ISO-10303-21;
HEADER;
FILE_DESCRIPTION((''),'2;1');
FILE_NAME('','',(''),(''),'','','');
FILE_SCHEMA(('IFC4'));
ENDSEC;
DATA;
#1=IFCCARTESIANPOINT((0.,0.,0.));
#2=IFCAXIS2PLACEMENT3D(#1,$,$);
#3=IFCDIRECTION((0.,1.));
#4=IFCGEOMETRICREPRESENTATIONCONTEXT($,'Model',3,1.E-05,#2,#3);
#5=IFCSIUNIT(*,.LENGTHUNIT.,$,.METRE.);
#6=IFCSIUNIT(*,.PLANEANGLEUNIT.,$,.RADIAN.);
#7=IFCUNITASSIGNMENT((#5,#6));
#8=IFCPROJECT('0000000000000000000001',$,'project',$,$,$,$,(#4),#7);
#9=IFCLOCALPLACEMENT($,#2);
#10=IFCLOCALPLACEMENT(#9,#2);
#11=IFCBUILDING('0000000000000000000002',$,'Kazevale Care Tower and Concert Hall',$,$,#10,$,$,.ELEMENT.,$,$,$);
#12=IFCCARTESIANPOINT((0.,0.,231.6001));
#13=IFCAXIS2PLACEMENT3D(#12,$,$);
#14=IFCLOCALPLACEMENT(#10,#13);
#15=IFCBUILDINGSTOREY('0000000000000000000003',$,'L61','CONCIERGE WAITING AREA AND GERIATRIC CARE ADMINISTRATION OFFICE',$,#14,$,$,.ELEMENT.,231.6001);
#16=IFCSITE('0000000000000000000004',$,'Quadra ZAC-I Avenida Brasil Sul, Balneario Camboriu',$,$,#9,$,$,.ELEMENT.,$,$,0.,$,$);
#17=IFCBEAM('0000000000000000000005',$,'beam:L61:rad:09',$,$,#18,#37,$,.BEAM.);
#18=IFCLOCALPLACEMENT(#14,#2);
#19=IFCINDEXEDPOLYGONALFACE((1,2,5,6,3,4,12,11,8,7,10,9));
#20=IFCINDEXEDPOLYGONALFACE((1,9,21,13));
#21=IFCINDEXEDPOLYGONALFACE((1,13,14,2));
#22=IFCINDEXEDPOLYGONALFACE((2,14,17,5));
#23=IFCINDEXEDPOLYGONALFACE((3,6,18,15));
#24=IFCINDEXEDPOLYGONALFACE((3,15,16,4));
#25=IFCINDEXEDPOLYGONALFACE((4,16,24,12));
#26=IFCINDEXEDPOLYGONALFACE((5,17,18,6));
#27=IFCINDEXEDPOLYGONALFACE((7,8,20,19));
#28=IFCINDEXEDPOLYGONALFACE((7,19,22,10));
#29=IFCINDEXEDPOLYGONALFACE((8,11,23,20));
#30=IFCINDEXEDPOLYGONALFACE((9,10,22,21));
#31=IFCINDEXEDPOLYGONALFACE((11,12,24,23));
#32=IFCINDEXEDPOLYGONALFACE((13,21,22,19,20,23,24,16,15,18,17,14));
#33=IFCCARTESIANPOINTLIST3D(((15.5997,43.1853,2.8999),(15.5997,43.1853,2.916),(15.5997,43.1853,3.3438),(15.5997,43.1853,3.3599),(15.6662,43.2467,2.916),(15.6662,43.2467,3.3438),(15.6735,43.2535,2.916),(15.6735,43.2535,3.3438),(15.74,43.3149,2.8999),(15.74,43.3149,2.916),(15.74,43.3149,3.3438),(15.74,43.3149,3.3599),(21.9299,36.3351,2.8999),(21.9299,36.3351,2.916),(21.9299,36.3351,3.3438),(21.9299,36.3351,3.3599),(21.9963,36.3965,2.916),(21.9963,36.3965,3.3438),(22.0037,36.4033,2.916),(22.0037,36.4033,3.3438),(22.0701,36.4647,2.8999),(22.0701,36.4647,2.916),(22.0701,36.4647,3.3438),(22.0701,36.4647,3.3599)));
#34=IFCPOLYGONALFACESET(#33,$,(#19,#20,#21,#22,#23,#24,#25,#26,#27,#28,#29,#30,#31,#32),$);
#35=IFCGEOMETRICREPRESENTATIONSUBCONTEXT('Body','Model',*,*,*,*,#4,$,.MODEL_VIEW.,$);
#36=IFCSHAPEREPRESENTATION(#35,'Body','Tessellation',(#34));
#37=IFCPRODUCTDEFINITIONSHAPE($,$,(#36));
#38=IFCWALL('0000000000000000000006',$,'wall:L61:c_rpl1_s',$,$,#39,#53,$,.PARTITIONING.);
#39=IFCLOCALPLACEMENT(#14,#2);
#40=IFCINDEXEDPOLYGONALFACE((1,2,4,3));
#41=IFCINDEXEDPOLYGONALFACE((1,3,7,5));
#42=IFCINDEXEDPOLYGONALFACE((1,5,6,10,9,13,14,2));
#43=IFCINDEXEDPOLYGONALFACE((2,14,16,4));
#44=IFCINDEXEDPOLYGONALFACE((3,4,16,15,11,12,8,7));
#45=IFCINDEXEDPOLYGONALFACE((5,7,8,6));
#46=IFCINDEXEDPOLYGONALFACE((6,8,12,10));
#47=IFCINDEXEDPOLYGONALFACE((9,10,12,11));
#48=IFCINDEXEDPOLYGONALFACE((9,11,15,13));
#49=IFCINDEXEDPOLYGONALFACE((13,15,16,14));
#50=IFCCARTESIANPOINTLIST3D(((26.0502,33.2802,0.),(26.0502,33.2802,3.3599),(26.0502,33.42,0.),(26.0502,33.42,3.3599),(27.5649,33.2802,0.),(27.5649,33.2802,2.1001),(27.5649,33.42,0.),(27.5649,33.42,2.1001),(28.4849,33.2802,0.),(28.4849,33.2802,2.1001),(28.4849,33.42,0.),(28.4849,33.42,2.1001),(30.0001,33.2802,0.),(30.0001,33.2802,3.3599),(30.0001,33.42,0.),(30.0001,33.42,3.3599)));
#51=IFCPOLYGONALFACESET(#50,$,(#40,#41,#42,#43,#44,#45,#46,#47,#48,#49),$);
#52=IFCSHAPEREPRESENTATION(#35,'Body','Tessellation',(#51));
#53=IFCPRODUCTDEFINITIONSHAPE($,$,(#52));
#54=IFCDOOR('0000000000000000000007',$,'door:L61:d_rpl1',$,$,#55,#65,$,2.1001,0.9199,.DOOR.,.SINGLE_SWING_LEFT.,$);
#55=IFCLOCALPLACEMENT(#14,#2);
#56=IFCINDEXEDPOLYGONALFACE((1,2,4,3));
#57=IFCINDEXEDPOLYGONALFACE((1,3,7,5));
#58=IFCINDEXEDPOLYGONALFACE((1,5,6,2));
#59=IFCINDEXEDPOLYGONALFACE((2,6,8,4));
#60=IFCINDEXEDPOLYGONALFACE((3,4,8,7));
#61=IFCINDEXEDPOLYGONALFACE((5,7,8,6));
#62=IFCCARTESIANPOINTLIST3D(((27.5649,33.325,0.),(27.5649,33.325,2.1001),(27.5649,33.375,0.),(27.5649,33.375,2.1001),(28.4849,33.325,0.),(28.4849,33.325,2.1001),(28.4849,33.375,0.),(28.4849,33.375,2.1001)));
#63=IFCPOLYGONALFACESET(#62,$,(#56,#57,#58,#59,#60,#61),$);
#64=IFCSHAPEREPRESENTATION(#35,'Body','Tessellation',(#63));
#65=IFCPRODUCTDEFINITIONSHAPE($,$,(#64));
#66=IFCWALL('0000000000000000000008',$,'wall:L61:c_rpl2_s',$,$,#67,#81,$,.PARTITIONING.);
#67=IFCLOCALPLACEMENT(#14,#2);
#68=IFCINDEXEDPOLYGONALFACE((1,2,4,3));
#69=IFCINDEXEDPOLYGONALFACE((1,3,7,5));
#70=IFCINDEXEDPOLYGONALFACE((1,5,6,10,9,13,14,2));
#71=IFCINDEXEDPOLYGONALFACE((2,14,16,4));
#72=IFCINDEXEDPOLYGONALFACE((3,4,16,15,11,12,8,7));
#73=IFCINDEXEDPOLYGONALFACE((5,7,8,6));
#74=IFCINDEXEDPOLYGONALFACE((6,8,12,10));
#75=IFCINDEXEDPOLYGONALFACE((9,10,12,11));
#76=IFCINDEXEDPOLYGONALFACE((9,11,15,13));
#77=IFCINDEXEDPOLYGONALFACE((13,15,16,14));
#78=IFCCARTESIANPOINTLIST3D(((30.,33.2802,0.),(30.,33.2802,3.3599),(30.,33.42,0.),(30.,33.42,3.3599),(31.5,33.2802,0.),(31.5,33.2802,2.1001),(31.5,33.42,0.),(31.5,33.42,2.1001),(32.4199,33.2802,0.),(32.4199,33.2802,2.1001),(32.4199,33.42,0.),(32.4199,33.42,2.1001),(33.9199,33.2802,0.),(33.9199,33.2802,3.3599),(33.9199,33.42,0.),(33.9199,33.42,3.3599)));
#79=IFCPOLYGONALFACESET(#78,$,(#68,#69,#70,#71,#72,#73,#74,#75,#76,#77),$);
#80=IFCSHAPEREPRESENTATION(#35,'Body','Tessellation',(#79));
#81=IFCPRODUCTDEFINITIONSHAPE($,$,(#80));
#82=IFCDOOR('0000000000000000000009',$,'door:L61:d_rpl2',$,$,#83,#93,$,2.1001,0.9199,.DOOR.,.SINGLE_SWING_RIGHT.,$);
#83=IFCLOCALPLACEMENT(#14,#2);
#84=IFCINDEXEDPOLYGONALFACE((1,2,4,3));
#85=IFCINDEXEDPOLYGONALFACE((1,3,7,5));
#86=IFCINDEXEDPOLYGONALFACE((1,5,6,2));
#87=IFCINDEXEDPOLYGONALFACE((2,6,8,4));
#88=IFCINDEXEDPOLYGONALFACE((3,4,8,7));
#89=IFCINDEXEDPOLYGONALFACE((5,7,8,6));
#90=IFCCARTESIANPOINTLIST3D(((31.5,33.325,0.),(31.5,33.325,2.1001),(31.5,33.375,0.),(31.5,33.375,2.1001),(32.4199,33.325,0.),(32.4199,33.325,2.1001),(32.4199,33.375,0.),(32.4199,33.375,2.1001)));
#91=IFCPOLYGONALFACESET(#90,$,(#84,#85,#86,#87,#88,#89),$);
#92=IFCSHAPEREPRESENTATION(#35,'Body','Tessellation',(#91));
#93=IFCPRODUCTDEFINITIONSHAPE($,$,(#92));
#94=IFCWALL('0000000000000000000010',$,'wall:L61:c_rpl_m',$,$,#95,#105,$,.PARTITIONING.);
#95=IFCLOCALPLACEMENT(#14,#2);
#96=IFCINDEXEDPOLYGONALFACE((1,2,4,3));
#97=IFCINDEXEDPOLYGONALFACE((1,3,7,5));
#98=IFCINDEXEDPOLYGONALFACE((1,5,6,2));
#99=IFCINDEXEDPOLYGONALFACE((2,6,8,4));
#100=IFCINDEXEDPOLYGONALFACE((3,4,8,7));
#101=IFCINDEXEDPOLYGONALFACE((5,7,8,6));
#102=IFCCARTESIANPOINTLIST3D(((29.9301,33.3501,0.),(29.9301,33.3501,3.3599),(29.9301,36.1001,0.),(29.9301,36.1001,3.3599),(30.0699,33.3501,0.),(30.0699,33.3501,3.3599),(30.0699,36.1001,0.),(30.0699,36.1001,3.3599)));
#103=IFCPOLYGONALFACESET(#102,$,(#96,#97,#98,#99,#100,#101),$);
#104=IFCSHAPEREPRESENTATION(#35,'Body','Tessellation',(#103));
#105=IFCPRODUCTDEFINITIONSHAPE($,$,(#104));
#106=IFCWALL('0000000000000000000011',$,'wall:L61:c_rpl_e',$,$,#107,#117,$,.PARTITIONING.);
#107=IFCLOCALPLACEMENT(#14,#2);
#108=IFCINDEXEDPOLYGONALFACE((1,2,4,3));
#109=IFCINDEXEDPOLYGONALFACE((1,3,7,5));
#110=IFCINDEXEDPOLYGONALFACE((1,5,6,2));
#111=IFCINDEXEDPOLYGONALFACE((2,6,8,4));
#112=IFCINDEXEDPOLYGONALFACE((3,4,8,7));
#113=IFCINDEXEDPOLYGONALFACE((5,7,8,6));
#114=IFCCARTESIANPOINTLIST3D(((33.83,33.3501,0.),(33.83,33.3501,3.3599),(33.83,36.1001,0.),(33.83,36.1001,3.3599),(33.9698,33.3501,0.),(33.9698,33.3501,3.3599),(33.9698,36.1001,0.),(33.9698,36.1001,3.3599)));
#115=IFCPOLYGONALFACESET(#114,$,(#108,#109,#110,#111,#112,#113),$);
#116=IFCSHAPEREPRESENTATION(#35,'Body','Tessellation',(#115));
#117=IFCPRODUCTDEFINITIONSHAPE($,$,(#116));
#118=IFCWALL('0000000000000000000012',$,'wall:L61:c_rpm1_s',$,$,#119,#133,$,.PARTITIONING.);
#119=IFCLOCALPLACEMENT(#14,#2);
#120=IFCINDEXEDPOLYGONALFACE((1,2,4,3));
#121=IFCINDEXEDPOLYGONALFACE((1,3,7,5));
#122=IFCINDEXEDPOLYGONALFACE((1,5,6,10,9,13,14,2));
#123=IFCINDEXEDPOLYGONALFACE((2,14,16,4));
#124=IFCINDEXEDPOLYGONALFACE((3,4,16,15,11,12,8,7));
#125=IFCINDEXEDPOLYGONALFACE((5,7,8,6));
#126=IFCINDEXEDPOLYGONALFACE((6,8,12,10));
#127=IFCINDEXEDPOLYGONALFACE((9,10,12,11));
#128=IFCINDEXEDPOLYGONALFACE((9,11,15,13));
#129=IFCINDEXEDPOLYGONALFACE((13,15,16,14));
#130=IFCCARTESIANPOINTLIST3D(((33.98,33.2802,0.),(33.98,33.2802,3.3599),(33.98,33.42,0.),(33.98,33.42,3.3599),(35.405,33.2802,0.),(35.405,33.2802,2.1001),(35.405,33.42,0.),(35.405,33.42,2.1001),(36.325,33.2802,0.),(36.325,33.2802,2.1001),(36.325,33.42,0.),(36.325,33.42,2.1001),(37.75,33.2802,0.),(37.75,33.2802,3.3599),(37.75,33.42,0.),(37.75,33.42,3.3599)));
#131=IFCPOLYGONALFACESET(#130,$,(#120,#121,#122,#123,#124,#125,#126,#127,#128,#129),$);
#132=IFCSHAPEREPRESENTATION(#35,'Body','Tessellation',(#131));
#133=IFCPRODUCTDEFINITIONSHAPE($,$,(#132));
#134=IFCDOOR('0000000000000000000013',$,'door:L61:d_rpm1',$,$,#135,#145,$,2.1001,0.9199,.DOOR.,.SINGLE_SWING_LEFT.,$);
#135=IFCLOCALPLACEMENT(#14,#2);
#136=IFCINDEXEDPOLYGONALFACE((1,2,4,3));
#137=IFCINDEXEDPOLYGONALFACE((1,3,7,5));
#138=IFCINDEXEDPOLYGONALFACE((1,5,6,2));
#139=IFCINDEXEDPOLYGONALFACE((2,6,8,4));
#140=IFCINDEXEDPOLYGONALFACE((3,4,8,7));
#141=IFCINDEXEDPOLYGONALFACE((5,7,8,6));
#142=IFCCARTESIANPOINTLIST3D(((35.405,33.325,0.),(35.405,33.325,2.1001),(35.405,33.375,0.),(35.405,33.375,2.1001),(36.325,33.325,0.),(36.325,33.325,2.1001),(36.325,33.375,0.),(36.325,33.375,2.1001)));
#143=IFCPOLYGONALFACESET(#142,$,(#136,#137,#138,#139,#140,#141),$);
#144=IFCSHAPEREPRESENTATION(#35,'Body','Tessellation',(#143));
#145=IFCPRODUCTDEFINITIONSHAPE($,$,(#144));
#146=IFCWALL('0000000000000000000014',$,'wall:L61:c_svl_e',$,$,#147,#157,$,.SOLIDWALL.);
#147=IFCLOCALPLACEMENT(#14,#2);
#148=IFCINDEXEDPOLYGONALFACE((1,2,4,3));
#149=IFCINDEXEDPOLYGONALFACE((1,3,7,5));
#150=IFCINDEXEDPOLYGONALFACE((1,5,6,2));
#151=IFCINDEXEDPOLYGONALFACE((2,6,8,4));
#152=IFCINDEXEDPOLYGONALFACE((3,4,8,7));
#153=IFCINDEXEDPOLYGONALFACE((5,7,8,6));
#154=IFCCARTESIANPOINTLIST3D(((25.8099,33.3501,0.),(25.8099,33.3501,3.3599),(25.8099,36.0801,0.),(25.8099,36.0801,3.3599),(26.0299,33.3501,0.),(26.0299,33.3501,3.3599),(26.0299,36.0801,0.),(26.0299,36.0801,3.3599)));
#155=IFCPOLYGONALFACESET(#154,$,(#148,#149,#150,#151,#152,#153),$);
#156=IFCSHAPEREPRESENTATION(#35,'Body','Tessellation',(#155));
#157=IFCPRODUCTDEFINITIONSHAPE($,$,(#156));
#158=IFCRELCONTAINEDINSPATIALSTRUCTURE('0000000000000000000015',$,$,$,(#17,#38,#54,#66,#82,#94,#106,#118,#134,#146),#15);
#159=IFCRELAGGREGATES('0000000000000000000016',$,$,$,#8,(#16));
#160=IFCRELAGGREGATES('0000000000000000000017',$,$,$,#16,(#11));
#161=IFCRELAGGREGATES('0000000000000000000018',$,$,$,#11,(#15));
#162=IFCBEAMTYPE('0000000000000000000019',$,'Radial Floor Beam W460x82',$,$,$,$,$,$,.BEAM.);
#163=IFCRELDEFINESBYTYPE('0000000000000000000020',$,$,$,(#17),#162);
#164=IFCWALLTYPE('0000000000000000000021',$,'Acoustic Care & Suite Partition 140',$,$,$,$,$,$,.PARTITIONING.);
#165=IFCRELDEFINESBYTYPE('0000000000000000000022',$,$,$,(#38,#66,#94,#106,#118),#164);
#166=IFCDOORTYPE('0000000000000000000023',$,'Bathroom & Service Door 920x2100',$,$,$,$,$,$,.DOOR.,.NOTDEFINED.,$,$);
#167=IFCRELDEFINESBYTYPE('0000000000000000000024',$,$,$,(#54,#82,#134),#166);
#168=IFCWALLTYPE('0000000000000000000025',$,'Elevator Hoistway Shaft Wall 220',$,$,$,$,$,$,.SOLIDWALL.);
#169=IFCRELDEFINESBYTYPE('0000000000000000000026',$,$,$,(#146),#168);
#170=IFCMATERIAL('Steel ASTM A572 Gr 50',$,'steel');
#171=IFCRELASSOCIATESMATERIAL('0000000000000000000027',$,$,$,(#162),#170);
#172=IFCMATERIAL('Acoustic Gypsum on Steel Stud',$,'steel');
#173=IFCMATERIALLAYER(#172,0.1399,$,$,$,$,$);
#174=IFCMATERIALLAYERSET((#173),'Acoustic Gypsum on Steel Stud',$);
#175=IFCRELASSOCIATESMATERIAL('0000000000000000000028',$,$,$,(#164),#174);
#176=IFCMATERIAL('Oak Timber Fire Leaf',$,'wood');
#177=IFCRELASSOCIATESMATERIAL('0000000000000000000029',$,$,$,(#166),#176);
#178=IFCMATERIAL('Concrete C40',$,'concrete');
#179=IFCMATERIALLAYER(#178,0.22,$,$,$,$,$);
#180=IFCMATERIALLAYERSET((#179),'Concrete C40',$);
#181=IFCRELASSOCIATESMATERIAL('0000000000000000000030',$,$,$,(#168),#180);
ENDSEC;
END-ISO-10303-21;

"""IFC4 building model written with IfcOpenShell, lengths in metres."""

from ifc_helpers import new_model, si_unit, direction, frame, frame_2d, origin, origin_2d, place, context, subcontext, project, spatial, rectangle, i_section, extrude, material, layer, layer_set, material_profile, profile_set, type_object, element, fill, save


model = new_model("IFC4")

# Units and contexts
model_context = context("Model", 3, precision=1e-05, world=origin(), true_north=direction((0.0, 1.0)))
body_context = subcontext(model_context, "Body", "Model", "MODEL_VIEW")
ifc_project = project(units=[si_unit("LENGTHUNIT", "METRE"), si_unit("PLANEANGLEUNIT", "RADIAN")], contexts=[model_context])

# Site, building, storey
site_placement = place(None, origin())
site = spatial("IfcSite", under=ifc_project, at=site_placement, Name="Quadra ZAC-I Avenida Brasil Sul, Balneario Camboriu", CompositionType="ELEMENT", RefElevation=0.0)
building_placement = place(site_placement, origin())
building = spatial("IfcBuilding", under=site, at=building_placement, Name="Kazevale Care Tower and Concert Hall", CompositionType="ELEMENT")
storey_placement = place(building_placement, frame((0.0, 0.0, 231.6001)))
storey = spatial("IfcBuildingStorey", under=building, at=storey_placement, Name="L61", Description="CONCIERGE WAITING AREA AND GERIATRIC CARE ADMINISTRATION OFFICE", CompositionType="ELEMENT", Elevation=231.6001)

# Beam
ifc_material_1 = material(Name="Steel ASTM A572 Gr 50", Category="steel")
ifc_material_profile = material_profile(ifc_material_1, i_section(OverallWidth=0.1909, OverallDepth=0.46, WebThickness=0.01, FlangeThickness=0.0161, at=origin_2d()), Name="W460x82")
ifc_profile_set = profile_set([ifc_material_profile], Name="Steel ASTM A572 Gr 50")
beam_type = type_object("IfcBeamType", Name="Radial Floor Beam W460x82", PredefinedType="BEAM", material=ifc_profile_set)
beam_placement = place(storey_placement, frame((22.0, 36.3999, 3.1299), z_axis=(-0.67868, 0.734434, 0.0), x_axis=(-0.734434, -0.67868, 0.0)))
element("IfcBeam", 1, at=beam_placement, inside=storey, type_object=beam_type, Name="beam:L61:rad:09", PredefinedType="BEAM", context=body_context, shape_type="SweptSolid", body=[
    extrude(i_section(OverallWidth=0.1909, OverallDepth=0.46, WebThickness=0.01, FlangeThickness=0.0161, at=origin_2d()), origin(), (0.0, 0.0, 1.0), 9.3271),
])

# Walls, openings, doors
ifc_material_2 = material(Name="Acoustic Gypsum on Steel Stud", Category="steel")
ifc_layer_1 = layer(ifc_material_2, 0.1399)
ifc_layer_set_1 = layer_set([ifc_layer_1], Name="Acoustic Gypsum on Steel Stud")
wall_type_1 = type_object("IfcWallType", Name="Acoustic Care & Suite Partition 140", PredefinedType="PARTITIONING", material=ifc_layer_set_1)
wall_1_placement = place(storey_placement, frame((26.05, 33.3501, 0.0), z_axis=(0.0, 0.0, 1.0), x_axis=(1.0, 0.0, 0.0)))
wall_1 = element("IfcWall", 2, at=wall_1_placement, inside=storey, type_object=wall_type_1, Name="wall:L61:c_rpl1_s", PredefinedType="PARTITIONING", context=body_context, shape_type="SweptSolid", body=[
    extrude(rectangle(XDim=3.95, YDim=0.1399, at=frame_2d((1.9751, 0.0))), origin(), (0.0, 0.0, 1.0), 3.3599),
])
opening_1_placement = place(wall_1_placement, frame((1.5149, 0.0, 0.0)))
opening_1 = element("IfcOpeningElement", 3, at=opening_1_placement, cuts=wall_1, PredefinedType="OPENING", context=body_context, shape_type="SweptSolid", body=[
    extrude(rectangle(XDim=0.9199, YDim=2.1001, at=frame_2d((0.46, 1.05))), frame((0.0, 0.0798, 0.0), z_axis=(0.0, -1.0, 0.0), x_axis=(1.0, 0.0, 0.0)), (0.0, 0.0, 1.0), 0.1599),
])
ifc_material_3 = material(Name="Oak Timber Fire Leaf", Category="wood")
door_type_1 = type_object("IfcDoorType", Name="Bathroom & Service Door 920x2100", OperationType="NOTDEFINED", PredefinedType="DOOR", material=ifc_material_3)
door_1_placement = place(opening_1_placement, origin())
door_1 = element("IfcDoor", 4, at=door_1_placement, inside=storey, type_object=door_type_1, Name="door:L61:d_rpl1", OperationType="SINGLE_SWING_LEFT", OverallHeight=2.1001, OverallWidth=0.9199, PredefinedType="DOOR", context=body_context, shape_type="SweptSolid", body=[
    extrude(rectangle(XDim=0.9199, YDim=2.1001, at=frame_2d((0.46, 1.05))), frame((0.0, 0.0249, 0.0), z_axis=(0.0, -1.0, 0.0), x_axis=(1.0, 0.0, 0.0)), (0.0, 0.0, 1.0), 0.05),
])
fill(opening_1, door_1)
wall_2_placement = place(storey_placement, frame((30.0, 33.3501, 0.0), z_axis=(0.0, 0.0, 1.0), x_axis=(1.0, 0.0, 0.0)))
wall_2 = element("IfcWall", 5, at=wall_2_placement, inside=storey, type_object=wall_type_1, Name="wall:L61:c_rpl2_s", PredefinedType="PARTITIONING", context=body_context, shape_type="SweptSolid", body=[
    extrude(rectangle(XDim=3.9199, YDim=0.1399, at=frame_2d((1.96, 0.0))), origin(), (0.0, 0.0, 1.0), 3.3599),
])
opening_2_placement = place(wall_2_placement, frame((1.5, 0.0, 0.0)))
opening_2 = element("IfcOpeningElement", 6, at=opening_2_placement, cuts=wall_2, PredefinedType="OPENING", context=body_context, shape_type="SweptSolid", body=[
    extrude(rectangle(XDim=0.9199, YDim=2.1001, at=frame_2d((0.46, 1.05))), frame((0.0, 0.0798, 0.0), z_axis=(0.0, -1.0, 0.0), x_axis=(1.0, 0.0, 0.0)), (0.0, 0.0, 1.0), 0.1599),
])
door_2_placement = place(opening_2_placement, origin())
door_2 = element("IfcDoor", 7, at=door_2_placement, inside=storey, type_object=door_type_1, Name="door:L61:d_rpl2", OperationType="SINGLE_SWING_RIGHT", OverallHeight=2.1001, OverallWidth=0.9199, PredefinedType="DOOR", context=body_context, shape_type="SweptSolid", body=[
    extrude(rectangle(XDim=0.9199, YDim=2.1001, at=frame_2d((0.46, 1.05))), frame((0.0, 0.0249, 0.0), z_axis=(0.0, -1.0, 0.0), x_axis=(1.0, 0.0, 0.0)), (0.0, 0.0, 1.0), 0.05),
])
fill(opening_2, door_2)

# Walls
for number, where, z_axis, x_axis, name in (
    (8, (30.0, 33.3501, 0.0), (0.0, 0.0, 1.0), (0.0, 1.0, 0.0), "wall:L61:c_rpl_m"),
    (9, (33.8999, 33.3501, 0.0), (0.0, 0.0, 1.0), (0.0, 1.0, 0.0), "wall:L61:c_rpl_e"),
):
    element("IfcWall", number, at=place(storey_placement, frame(where, z_axis=z_axis, x_axis=x_axis)), inside=storey, type_object=wall_type_1, Name=name, PredefinedType="PARTITIONING", context=body_context, shape_type="SweptSolid", body=[
        extrude(rectangle(XDim=2.75, YDim=0.1399, at=frame_2d((1.375, 0.0))), origin(), (0.0, 0.0, 1.0), 3.3599),
    ])

# Wall, opening, door
wall_3_placement = place(storey_placement, frame((33.98, 33.3501, 0.0), z_axis=(0.0, 0.0, 1.0), x_axis=(1.0, 0.0, 0.0)))
wall_3 = element("IfcWall", 10, at=wall_3_placement, inside=storey, type_object=wall_type_1, Name="wall:L61:c_rpm1_s", PredefinedType="PARTITIONING", context=body_context, shape_type="SweptSolid", body=[
    extrude(rectangle(XDim=3.77, YDim=0.1399, at=frame_2d((1.885, 0.0))), origin(), (0.0, 0.0, 1.0), 3.3599),
])
opening_3_placement = place(wall_3_placement, frame((1.425, 0.0, 0.0)))
opening_3 = element("IfcOpeningElement", 11, at=opening_3_placement, cuts=wall_3, PredefinedType="OPENING", context=body_context, shape_type="SweptSolid", body=[
    extrude(rectangle(XDim=0.9199, YDim=2.1001, at=frame_2d((0.46, 1.05))), frame((0.0, 0.0798, 0.0), z_axis=(0.0, -1.0, 0.0), x_axis=(1.0, 0.0, 0.0)), (0.0, 0.0, 1.0), 0.1599),
])
door_3_placement = place(opening_3_placement, origin())
door_3 = element("IfcDoor", 12, at=door_3_placement, inside=storey, type_object=door_type_1, Name="door:L61:d_rpm1", OperationType="SINGLE_SWING_LEFT", OverallHeight=2.1001, OverallWidth=0.9199, PredefinedType="DOOR", context=body_context, shape_type="SweptSolid", body=[
    extrude(rectangle(XDim=0.9199, YDim=2.1001, at=frame_2d((0.46, 1.05))), frame((0.0, 0.0249, 0.0), z_axis=(0.0, -1.0, 0.0), x_axis=(1.0, 0.0, 0.0)), (0.0, 0.0, 1.0), 0.05),
])
fill(opening_3, door_3)

# Wall
ifc_material_4 = material(Name="Concrete C40", Category="concrete")
ifc_layer_2 = layer(ifc_material_4, 0.22)
ifc_layer_set_2 = layer_set([ifc_layer_2], Name="Concrete C40")
wall_type_2 = type_object("IfcWallType", Name="Elevator Hoistway Shaft Wall 220", PredefinedType="SOLIDWALL", material=ifc_layer_set_2)
wall_4_placement = place(storey_placement, frame((25.9199, 33.3501, 0.0), z_axis=(0.0, 0.0, 1.0), x_axis=(0.0, 1.0, 0.0)))
element("IfcWall", 13, at=wall_4_placement, inside=storey, type_object=wall_type_2, Name="wall:L61:c_svl_e", PredefinedType="SOLIDWALL", context=body_context, shape_type="SweptSolid", body=[
    extrude(rectangle(XDim=2.73, YDim=0.22, at=frame_2d((1.365, 0.0))), origin(), (0.0, 0.0, 1.0), 3.3599),
])

save(model, "model.ifc")
